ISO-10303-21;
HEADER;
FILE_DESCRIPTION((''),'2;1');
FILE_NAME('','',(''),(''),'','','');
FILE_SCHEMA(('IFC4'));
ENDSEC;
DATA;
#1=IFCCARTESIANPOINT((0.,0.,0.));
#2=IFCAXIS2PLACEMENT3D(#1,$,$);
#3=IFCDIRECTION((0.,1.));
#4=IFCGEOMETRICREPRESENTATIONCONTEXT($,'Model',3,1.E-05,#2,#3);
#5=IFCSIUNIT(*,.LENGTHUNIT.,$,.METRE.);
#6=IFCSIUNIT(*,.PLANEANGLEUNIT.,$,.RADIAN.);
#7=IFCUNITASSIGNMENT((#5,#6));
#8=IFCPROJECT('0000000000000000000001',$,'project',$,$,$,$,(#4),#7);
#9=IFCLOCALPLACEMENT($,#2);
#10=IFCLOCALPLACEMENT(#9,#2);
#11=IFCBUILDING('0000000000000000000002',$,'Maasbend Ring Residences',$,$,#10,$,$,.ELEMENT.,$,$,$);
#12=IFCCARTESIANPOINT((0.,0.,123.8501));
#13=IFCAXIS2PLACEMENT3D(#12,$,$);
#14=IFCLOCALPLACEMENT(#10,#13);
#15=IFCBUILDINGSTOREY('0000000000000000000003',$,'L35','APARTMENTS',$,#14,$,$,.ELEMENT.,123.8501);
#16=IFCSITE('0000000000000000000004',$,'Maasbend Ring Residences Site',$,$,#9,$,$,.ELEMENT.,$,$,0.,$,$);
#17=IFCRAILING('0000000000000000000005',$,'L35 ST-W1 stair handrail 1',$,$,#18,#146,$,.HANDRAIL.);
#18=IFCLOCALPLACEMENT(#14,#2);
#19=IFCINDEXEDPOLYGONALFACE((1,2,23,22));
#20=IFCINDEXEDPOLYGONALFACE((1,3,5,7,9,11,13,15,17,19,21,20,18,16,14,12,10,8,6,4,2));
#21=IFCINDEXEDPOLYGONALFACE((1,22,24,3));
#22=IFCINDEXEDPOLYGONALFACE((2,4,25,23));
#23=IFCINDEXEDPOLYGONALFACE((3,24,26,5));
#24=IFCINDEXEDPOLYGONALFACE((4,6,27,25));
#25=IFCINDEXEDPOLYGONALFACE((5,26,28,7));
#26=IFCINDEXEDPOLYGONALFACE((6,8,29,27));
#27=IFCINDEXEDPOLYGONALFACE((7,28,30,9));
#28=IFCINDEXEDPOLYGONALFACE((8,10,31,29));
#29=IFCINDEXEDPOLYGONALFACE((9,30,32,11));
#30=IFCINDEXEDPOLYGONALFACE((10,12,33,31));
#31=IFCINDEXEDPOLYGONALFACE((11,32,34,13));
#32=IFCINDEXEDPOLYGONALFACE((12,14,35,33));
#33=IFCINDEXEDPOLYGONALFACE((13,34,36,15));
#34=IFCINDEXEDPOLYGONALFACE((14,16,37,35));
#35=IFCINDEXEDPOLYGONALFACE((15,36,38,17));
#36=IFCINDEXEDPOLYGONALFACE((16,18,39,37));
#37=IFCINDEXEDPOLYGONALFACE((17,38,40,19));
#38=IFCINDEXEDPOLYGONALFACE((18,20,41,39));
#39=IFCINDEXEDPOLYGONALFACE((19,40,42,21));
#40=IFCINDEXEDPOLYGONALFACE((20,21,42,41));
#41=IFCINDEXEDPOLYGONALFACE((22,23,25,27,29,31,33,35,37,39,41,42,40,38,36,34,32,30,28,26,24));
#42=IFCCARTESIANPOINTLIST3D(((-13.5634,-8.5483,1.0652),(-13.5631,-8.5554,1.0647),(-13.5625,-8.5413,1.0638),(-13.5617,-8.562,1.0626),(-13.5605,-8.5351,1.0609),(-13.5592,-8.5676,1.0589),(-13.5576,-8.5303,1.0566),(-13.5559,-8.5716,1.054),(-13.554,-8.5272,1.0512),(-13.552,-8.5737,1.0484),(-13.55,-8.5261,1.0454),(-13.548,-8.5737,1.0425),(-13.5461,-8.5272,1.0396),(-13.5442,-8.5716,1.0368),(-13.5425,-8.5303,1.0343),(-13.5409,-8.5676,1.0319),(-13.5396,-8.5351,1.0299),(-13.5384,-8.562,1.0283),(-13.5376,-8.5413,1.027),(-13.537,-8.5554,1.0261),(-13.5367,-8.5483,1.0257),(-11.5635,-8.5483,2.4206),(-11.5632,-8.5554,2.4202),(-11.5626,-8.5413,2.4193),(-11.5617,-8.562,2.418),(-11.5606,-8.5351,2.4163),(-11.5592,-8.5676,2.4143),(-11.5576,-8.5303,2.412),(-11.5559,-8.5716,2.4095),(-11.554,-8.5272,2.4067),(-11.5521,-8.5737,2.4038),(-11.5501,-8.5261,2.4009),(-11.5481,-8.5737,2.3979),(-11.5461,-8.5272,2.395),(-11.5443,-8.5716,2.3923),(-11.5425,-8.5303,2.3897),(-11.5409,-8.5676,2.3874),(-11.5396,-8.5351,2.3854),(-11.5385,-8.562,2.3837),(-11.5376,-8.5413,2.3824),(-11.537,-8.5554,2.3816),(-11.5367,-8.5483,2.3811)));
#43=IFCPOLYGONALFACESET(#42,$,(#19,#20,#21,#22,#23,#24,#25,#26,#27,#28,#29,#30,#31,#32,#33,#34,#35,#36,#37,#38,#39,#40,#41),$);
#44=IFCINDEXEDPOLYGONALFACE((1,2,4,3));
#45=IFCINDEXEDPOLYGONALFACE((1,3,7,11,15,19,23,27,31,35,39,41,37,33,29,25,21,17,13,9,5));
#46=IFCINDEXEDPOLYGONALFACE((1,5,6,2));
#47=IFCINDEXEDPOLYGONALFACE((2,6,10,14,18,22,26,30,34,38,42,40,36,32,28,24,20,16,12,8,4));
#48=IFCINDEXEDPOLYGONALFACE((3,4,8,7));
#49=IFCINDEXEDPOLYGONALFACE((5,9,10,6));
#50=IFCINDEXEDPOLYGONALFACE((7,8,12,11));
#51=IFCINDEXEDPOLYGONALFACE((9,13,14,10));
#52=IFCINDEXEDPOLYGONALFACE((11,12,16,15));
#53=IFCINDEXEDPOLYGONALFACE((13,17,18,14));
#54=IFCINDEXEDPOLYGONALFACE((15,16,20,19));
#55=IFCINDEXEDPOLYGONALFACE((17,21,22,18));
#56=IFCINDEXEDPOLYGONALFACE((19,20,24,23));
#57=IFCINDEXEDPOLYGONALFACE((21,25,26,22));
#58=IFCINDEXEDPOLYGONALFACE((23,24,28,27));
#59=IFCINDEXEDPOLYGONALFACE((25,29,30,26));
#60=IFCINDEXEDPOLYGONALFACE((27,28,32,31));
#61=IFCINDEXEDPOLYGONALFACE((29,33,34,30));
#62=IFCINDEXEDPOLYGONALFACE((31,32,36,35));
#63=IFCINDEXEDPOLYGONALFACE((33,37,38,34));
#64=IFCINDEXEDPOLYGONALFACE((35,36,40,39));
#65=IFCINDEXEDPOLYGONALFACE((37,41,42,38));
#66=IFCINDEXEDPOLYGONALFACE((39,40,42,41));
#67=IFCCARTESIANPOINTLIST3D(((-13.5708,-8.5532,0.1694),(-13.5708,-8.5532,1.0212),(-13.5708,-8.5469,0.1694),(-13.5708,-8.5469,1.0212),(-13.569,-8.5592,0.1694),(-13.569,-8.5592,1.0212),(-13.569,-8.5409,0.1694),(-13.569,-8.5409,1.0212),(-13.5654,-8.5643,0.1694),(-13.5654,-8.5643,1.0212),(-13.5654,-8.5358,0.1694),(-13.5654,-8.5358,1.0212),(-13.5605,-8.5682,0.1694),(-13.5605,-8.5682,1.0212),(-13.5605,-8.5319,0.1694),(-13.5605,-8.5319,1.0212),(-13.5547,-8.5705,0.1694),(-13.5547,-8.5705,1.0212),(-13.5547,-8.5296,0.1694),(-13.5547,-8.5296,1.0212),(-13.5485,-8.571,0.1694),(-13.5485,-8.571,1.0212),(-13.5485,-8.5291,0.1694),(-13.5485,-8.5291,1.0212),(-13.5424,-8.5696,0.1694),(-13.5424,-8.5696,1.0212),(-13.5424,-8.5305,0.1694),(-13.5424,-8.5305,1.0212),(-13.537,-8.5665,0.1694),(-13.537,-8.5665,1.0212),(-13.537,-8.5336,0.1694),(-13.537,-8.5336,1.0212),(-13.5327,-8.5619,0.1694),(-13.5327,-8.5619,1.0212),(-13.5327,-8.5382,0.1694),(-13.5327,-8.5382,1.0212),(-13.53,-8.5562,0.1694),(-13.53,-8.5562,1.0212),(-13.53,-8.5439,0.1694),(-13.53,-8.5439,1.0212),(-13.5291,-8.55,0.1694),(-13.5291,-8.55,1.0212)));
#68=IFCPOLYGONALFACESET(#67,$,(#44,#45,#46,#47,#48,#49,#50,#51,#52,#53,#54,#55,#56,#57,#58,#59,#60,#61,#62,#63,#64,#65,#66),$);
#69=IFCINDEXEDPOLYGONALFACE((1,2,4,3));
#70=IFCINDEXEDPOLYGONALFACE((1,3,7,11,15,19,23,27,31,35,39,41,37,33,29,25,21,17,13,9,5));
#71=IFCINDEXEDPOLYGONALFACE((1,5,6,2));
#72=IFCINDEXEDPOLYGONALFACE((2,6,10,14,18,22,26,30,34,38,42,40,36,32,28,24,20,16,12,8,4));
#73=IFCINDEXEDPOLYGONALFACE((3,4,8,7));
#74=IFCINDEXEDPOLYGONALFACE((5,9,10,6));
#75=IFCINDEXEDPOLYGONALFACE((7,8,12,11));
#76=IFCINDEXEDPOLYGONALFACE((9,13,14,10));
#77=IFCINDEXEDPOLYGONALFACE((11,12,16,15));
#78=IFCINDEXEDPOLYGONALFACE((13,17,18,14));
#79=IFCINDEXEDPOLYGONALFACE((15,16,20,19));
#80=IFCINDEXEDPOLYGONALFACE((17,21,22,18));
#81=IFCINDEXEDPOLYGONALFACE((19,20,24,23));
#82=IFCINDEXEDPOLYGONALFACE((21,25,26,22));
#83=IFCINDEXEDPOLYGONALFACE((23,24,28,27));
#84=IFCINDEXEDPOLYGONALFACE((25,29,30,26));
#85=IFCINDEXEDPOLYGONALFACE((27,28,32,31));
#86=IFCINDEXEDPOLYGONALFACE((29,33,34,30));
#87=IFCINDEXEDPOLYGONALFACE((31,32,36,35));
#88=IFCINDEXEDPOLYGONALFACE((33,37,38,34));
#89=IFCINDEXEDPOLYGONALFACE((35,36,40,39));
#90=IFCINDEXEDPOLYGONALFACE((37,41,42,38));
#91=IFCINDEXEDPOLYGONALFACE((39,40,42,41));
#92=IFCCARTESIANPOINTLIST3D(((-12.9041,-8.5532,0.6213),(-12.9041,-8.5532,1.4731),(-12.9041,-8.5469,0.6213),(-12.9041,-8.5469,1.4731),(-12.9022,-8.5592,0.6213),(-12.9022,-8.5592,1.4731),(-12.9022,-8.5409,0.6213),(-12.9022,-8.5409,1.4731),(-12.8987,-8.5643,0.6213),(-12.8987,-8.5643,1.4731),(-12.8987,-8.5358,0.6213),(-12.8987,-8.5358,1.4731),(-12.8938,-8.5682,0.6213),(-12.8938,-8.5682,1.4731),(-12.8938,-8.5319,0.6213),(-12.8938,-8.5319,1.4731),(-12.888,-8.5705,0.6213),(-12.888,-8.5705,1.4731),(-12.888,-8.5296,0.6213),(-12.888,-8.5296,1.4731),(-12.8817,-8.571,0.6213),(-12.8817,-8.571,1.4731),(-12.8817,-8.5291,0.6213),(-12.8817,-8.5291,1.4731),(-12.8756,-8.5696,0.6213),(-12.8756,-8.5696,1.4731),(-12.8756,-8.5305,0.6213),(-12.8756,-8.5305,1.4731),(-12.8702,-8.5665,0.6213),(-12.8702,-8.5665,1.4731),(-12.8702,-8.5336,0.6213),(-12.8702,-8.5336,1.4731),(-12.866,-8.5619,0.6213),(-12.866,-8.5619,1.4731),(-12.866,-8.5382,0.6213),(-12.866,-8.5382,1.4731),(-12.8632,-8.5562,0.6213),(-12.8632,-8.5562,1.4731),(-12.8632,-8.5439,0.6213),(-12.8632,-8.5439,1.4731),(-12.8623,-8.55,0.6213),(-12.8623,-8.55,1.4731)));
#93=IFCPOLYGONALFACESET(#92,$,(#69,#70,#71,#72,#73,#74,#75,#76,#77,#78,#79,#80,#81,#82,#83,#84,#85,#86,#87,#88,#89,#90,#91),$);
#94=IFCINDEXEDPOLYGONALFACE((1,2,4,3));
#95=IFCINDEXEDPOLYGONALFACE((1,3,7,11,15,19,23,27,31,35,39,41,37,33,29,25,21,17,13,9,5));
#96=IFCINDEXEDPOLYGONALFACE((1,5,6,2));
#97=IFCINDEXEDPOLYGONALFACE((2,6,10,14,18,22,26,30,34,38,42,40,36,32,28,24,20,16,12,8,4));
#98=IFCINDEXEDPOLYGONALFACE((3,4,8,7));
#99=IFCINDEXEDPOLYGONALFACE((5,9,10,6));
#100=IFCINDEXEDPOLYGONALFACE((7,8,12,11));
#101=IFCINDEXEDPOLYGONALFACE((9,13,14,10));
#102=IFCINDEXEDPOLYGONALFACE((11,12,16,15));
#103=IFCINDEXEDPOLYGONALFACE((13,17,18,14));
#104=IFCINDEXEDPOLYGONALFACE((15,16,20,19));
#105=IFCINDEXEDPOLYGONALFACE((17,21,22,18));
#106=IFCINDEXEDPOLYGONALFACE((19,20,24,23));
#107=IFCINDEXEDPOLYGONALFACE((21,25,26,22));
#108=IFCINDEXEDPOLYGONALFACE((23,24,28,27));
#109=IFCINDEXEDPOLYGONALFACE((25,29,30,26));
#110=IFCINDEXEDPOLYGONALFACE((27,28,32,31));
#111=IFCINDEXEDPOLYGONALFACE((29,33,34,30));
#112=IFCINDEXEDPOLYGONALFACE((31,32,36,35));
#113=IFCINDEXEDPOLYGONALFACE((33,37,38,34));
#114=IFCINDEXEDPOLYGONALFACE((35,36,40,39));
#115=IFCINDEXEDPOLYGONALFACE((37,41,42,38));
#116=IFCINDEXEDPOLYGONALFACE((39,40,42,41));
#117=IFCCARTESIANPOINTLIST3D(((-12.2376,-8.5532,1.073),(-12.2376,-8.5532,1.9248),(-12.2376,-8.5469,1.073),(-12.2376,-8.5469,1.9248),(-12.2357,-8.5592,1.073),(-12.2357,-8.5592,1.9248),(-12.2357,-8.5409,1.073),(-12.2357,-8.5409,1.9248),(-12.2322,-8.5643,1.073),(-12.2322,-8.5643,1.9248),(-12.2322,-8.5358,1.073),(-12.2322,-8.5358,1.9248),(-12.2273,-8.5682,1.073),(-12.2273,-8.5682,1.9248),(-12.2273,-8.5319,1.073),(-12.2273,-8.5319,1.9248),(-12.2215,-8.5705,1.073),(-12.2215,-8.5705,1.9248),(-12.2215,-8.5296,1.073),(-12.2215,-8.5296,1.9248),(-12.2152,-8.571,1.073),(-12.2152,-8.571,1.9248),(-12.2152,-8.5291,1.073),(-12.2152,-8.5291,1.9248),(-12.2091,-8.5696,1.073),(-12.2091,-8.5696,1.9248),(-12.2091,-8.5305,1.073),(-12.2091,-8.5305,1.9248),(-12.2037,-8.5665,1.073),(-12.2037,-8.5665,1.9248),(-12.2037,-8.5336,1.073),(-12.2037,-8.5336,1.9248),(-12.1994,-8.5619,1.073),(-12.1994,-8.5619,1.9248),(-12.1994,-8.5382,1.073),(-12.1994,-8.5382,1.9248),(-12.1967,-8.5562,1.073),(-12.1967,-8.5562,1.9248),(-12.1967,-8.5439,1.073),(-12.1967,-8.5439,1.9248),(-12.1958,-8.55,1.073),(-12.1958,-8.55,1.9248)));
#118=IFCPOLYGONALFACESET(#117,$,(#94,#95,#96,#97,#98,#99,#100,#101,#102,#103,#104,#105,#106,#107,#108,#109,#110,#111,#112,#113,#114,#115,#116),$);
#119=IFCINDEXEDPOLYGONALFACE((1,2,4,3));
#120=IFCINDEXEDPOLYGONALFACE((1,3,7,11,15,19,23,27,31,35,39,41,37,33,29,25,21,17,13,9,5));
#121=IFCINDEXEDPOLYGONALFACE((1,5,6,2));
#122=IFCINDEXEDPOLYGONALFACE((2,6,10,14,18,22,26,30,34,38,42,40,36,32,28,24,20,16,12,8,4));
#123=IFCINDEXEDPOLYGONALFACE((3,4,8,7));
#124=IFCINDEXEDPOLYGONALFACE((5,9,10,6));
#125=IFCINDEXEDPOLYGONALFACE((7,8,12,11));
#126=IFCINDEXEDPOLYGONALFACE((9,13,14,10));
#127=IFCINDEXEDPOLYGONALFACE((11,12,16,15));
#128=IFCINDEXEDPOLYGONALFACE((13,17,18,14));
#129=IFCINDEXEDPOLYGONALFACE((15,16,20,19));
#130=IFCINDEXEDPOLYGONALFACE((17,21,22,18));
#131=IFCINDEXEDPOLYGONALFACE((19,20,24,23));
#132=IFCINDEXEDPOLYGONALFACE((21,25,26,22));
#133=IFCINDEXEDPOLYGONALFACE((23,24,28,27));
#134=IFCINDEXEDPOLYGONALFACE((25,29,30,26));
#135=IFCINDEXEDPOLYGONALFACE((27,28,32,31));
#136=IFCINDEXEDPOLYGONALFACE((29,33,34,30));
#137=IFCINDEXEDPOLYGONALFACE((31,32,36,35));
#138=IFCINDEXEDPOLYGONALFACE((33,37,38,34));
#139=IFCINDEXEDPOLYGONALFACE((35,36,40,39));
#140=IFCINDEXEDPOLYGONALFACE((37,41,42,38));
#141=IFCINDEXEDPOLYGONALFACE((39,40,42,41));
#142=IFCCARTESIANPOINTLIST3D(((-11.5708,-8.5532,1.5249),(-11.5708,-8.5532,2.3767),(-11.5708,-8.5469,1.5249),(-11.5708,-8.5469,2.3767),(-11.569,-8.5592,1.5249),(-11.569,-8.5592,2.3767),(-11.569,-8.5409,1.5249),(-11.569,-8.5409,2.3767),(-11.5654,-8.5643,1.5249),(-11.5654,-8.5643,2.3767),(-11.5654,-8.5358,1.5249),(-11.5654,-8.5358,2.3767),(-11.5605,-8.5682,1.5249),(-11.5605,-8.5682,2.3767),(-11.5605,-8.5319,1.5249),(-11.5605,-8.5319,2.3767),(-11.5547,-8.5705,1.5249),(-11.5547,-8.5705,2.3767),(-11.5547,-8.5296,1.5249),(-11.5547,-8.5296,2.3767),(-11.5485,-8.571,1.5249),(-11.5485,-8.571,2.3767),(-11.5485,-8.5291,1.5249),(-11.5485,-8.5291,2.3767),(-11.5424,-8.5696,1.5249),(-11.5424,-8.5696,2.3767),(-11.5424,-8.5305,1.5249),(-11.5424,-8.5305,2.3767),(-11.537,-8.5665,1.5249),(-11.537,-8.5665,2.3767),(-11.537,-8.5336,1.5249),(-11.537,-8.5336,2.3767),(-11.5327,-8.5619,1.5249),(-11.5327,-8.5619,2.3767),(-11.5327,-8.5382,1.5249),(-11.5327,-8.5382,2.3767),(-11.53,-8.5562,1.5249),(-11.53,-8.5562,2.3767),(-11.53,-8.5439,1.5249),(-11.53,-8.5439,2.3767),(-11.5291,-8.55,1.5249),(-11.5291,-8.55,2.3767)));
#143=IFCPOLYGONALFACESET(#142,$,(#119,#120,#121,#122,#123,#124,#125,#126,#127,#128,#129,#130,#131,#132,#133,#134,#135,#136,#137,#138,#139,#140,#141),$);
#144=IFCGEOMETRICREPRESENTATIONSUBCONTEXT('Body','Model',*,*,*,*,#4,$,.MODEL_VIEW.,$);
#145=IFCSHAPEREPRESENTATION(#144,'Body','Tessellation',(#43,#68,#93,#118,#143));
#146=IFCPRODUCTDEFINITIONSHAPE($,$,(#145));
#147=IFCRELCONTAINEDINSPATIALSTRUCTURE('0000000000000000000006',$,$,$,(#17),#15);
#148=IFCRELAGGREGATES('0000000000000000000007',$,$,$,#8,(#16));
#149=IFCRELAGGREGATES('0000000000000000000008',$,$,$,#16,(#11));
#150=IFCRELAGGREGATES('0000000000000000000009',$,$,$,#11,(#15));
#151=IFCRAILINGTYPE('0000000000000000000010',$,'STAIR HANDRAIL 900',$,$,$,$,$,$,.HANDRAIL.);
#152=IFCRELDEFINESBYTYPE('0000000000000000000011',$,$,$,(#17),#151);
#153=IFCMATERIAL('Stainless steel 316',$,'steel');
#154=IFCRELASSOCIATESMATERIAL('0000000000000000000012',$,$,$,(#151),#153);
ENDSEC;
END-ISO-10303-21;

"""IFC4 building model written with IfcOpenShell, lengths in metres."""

from ifc_helpers import new_model, si_unit, direction, frame, origin, origin_2d, place, context, subcontext, project, spatial, circle, extrude, material, type_object, element, save


model = new_model("IFC4")

# Units and contexts
model_context = context("Model", 3, precision=1e-05, world=origin(), true_north=direction((0.0, 1.0)))
body_context = subcontext(model_context, "Body", "Model", "MODEL_VIEW")
ifc_project = project(units=[si_unit("LENGTHUNIT", "METRE"), si_unit("PLANEANGLEUNIT", "RADIAN")], contexts=[model_context])

# Site, building, storey
site_placement = place(None, origin())
site = spatial("IfcSite", under=ifc_project, at=site_placement, Name="Maasbend Ring Residences Site", CompositionType="ELEMENT", RefElevation=0.0)
building_placement = place(site_placement, origin())
building = spatial("IfcBuilding", under=site, at=building_placement, Name="Maasbend Ring Residences", CompositionType="ELEMENT")
storey_placement = place(building_placement, frame((0.0, 0.0, 123.8501)))
storey = spatial("IfcBuildingStorey", under=building, at=storey_placement, Name="L35", Description="APARTMENTS", CompositionType="ELEMENT", Elevation=123.8501)

# Railing
ifc_material_1 = material(Name="Stainless steel 316", Category="steel")
railing_type_1 = type_object("IfcRailingType", Name="STAIR HANDRAIL 900", PredefinedType="HANDRAIL", material=ifc_material_1)
railing_1_placement = place(storey_placement, frame((-13.55, -8.55, 0.1694)))
element("IfcRailing", 1, at=railing_1_placement, inside=storey, type_object=railing_type_1, Name="L35 ST-W1 stair handrail 1", PredefinedType="HANDRAIL", context=body_context, shape_type="SweptSolid", body=[
    extrude(circle(Radius=0.0239, at=origin_2d()), frame((0.0, 0.0, 0.876), z_axis=(0.827798, 0.0, 0.561027), x_axis=(0.0, 1.0, 0.0)), (0.0, 0.0, 1.0), 2.416),
    extrude(circle(Radius=0.021, at=origin_2d()), origin(), (0.0, 0.0, 1.0), 0.8518),
    extrude(circle(Radius=0.021, at=origin_2d()), frame((0.6667, 0.0, 0.4519)), (0.0, 0.0, 1.0), 0.8518),
    extrude(circle(Radius=0.021, at=origin_2d()), frame((1.3333, 0.0, 0.9036)), (0.0, 0.0, 1.0), 0.8518),
    extrude(circle(Radius=0.021, at=origin_2d()), frame((2.0, 0.0, 1.3555)), (0.0, 0.0, 1.0), 0.8518),
])

save(model, "model.ifc")
